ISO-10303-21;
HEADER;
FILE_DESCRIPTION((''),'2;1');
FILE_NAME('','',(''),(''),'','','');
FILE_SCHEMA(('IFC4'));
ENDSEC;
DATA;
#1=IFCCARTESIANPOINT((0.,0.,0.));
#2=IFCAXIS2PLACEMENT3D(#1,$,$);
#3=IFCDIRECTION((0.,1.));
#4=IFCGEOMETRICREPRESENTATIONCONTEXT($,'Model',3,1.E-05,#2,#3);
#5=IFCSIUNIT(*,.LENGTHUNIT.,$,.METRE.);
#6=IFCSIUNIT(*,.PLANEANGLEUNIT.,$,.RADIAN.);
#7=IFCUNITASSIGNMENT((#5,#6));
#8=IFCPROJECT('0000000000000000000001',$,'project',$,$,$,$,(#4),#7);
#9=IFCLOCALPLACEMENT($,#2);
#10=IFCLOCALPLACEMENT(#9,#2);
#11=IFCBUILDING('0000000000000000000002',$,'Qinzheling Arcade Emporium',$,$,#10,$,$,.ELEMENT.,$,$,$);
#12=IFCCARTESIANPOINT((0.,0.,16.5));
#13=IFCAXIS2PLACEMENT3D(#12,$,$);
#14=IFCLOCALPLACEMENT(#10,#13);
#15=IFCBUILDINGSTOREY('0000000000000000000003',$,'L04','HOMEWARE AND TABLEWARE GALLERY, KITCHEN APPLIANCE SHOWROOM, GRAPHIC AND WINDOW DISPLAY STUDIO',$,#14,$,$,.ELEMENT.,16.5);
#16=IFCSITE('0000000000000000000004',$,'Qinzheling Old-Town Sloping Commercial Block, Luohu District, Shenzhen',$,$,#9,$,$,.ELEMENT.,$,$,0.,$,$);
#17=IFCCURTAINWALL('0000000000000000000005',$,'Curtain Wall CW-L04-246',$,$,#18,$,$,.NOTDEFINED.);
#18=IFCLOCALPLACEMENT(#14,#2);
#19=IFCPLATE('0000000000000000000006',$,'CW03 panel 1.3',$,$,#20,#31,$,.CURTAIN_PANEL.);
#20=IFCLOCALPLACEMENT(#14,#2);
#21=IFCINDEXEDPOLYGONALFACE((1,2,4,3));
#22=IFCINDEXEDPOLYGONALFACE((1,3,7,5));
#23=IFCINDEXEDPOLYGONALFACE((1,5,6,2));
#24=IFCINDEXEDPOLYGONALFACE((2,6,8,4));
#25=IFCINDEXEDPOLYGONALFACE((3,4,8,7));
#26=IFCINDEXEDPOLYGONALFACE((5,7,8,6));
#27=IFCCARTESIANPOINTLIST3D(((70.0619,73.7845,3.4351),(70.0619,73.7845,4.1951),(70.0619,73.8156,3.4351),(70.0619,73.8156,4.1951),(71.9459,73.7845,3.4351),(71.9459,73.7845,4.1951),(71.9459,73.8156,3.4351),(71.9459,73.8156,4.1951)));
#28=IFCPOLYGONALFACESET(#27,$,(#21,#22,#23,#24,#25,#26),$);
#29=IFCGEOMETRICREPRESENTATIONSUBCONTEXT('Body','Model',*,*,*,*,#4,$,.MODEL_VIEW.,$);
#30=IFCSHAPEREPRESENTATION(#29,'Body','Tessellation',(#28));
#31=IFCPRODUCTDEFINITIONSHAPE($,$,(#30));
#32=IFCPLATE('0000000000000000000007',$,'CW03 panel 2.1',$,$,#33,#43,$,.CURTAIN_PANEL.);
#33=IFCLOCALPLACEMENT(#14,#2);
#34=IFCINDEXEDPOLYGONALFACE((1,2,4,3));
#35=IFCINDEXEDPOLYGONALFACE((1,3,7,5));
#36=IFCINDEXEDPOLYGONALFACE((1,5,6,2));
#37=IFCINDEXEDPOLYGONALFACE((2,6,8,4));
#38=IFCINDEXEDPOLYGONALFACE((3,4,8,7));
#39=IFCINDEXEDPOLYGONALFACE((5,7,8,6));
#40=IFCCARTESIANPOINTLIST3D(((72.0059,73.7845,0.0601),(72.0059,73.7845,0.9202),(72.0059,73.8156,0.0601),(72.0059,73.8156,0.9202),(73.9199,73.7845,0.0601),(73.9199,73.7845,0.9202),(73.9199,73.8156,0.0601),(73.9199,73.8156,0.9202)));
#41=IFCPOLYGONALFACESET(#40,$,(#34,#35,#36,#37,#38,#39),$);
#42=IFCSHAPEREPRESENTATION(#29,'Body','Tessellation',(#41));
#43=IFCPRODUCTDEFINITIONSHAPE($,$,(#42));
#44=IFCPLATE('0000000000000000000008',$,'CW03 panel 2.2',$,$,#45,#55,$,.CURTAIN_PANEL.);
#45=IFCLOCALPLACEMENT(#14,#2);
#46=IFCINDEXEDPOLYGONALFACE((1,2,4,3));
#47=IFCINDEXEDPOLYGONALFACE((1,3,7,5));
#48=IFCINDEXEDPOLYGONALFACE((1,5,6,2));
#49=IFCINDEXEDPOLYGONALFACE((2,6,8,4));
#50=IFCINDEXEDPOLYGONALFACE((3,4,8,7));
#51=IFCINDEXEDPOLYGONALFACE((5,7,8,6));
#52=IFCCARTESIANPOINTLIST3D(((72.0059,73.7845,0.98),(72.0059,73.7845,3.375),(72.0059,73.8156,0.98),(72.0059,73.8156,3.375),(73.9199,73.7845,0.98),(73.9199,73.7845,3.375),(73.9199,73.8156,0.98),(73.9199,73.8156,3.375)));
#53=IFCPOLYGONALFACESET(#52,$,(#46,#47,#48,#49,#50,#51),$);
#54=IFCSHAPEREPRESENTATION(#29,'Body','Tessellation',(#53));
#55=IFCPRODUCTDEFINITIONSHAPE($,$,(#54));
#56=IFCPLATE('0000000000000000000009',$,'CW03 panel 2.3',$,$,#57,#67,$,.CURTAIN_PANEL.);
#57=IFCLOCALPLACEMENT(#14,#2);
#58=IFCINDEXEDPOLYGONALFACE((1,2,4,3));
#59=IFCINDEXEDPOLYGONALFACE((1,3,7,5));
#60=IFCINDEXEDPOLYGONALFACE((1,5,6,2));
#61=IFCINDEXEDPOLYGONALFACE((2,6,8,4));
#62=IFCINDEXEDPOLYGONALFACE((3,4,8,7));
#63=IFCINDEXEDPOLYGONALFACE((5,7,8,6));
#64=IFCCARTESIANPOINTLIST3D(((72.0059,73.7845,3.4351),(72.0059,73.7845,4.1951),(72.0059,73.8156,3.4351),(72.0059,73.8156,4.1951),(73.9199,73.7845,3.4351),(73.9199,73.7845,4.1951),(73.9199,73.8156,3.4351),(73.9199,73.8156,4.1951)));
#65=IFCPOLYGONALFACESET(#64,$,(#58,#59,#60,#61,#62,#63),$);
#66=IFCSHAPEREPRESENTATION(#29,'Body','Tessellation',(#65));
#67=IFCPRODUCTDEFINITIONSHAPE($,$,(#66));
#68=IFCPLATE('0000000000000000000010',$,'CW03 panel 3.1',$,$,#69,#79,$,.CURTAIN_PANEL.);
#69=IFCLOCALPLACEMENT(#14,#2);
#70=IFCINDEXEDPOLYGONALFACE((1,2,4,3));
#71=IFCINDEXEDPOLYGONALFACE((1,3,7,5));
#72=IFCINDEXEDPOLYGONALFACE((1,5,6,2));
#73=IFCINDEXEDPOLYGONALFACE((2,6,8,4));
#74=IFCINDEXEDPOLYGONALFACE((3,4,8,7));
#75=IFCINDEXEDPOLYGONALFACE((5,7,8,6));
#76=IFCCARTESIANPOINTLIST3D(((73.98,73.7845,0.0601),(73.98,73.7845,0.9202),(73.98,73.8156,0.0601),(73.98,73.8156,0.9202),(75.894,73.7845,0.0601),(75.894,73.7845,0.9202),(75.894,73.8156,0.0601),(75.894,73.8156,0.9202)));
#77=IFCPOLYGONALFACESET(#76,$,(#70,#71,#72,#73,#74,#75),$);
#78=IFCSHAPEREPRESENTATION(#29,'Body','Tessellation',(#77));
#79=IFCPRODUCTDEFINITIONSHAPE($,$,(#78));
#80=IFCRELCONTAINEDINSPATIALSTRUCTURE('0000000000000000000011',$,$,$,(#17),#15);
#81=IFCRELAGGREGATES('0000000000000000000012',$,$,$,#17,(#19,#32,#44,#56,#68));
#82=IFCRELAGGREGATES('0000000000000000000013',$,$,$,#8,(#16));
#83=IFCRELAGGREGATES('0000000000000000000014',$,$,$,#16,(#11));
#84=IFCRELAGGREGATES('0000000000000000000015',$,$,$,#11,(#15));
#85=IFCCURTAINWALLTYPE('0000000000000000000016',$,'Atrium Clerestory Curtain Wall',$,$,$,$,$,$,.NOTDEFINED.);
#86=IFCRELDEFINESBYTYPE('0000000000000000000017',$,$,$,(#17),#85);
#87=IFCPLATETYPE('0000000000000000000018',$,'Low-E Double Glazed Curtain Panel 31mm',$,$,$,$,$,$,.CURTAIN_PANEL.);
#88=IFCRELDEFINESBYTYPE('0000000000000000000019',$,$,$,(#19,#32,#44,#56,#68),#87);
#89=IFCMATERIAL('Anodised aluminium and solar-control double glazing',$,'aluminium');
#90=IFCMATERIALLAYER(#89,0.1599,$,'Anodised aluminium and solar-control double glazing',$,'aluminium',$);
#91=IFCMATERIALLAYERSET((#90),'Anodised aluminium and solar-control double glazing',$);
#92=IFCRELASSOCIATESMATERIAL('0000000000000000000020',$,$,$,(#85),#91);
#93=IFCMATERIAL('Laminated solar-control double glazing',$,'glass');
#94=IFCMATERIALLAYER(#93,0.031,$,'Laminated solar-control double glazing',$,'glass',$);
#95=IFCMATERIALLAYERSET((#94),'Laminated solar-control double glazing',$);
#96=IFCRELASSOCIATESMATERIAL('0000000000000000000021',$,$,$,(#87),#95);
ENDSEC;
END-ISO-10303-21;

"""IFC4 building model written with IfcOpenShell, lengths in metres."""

from ifc_helpers import new_model, si_unit, direction, frame, origin, origin_2d, place, context, subcontext, project, spatial, rectangle, extrude, material, layer, layer_set, type_object, element, aggregate, save


model = new_model("IFC4")

# Units and contexts
model_context = context("Model", 3, precision=1e-05, world=origin(), true_north=direction((0.0, 1.0)))
body_context = subcontext(model_context, "Body", "Model", "MODEL_VIEW")
ifc_project = project(units=[si_unit("LENGTHUNIT", "METRE"), si_unit("PLANEANGLEUNIT", "RADIAN")], contexts=[model_context])

# Site, building, storey
site_placement = place(None, origin())
site = spatial("IfcSite", under=ifc_project, at=site_placement, Name="Qinzheling Old-Town Sloping Commercial Block, Luohu District, Shenzhen", CompositionType="ELEMENT", RefElevation=0.0)
building_placement = place(site_placement, origin())
building = spatial("IfcBuilding", under=site, at=building_placement, Name="Qinzheling Arcade Emporium", CompositionType="ELEMENT")
storey_placement = place(building_placement, frame((0.0, 0.0, 16.5)))
storey = spatial("IfcBuildingStorey", under=building, at=storey_placement, Name="L04", Description="HOMEWARE AND TABLEWARE GALLERY, KITCHEN APPLIANCE SHOWROOM, GRAPHIC AND WINDOW DISPLAY STUDIO", CompositionType="ELEMENT", Elevation=16.5)

# Curtain wall
ifc_material_1 = material(Name="Anodised aluminium and solar-control double glazing", Category="aluminium")
ifc_layer_1 = layer(ifc_material_1, 0.1599, Name="Anodised aluminium and solar-control double glazing", Category="aluminium")
ifc_layer_set_1 = layer_set([ifc_layer_1], Name="Anodised aluminium and solar-control double glazing")
curtain_wall_type = type_object("IfcCurtainWallType", Name="Atrium Clerestory Curtain Wall", PredefinedType="NOTDEFINED", material=ifc_layer_set_1)
curtain_wall_1_placement = place(storey_placement, origin())
curtain_wall_1 = element("IfcCurtainWall", 1, at=curtain_wall_1_placement, inside=storey, type_object=curtain_wall_type, Name="Curtain Wall CW-L04-246", PredefinedType="NOTDEFINED")

# Plates
ifc_material_2 = material(Name="Laminated solar-control double glazing", Category="glass")
ifc_layer_2 = layer(ifc_material_2, 0.031, Name="Laminated solar-control double glazing", Category="glass")
ifc_layer_set_2 = layer_set([ifc_layer_2], Name="Laminated solar-control double glazing")
plate_type_1 = type_object("IfcPlateType", Name="Low-E Double Glazed Curtain Panel 31mm", PredefinedType="CURTAIN_PANEL", material=ifc_layer_set_2)
plate_1_placement = place(storey_placement, frame((71.0039, 73.8, 3.4351), z_axis=(0.0, 0.0, 1.0), x_axis=(1.0, 0.0, 0.0)))
plate_1 = element("IfcPlate", 2, at=plate_1_placement, type_object=plate_type_1, Name="CW03 panel 1.3", PredefinedType="CURTAIN_PANEL", context=body_context, shape_type="SweptSolid", body=[
    extrude(rectangle(XDim=1.884, YDim=0.031, at=origin_2d()), origin(), (0.0, 0.0, 1.0), 0.76),
])
plate_2_placement = place(storey_placement, frame((72.9629, 73.8, 0.0601), z_axis=(0.0, 0.0, 1.0), x_axis=(1.0, 0.0, 0.0)))
plate_2 = element("IfcPlate", 3, at=plate_2_placement, type_object=plate_type_1, Name="CW03 panel 2.1", PredefinedType="CURTAIN_PANEL", context=body_context, shape_type="SweptSolid", body=[
    extrude(rectangle(XDim=1.9141, YDim=0.031, at=origin_2d()), origin(), (0.0, 0.0, 1.0), 0.8601),
])
plate_3_placement = place(storey_placement, frame((72.9629, 73.8, 0.98), z_axis=(0.0, 0.0, 1.0), x_axis=(1.0, 0.0, 0.0)))
plate_3 = element("IfcPlate", 4, at=plate_3_placement, type_object=plate_type_1, Name="CW03 panel 2.2", PredefinedType="CURTAIN_PANEL", context=body_context, shape_type="SweptSolid", body=[
    extrude(rectangle(XDim=1.9141, YDim=0.031, at=origin_2d()), origin(), (0.0, 0.0, 1.0), 2.395),
])
plate_4_placement = place(storey_placement, frame((72.9629, 73.8, 3.4351), z_axis=(0.0, 0.0, 1.0), x_axis=(1.0, 0.0, 0.0)))
plate_4 = element("IfcPlate", 5, at=plate_4_placement, type_object=plate_type_1, Name="CW03 panel 2.3", PredefinedType="CURTAIN_PANEL", context=body_context, shape_type="SweptSolid", body=[
    extrude(rectangle(XDim=1.9141, YDim=0.031, at=origin_2d()), origin(), (0.0, 0.0, 1.0), 0.76),
])
plate_5_placement = place(storey_placement, frame((74.937, 73.8, 0.0601), z_axis=(0.0, 0.0, 1.0), x_axis=(1.0, 0.0, 0.0)))
plate_5 = element("IfcPlate", 6, at=plate_5_placement, type_object=plate_type_1, Name="CW03 panel 3.1", PredefinedType="CURTAIN_PANEL", context=body_context, shape_type="SweptSolid", body=[
    extrude(rectangle(XDim=1.9141, YDim=0.031, at=origin_2d()), origin(), (0.0, 0.0, 1.0), 0.8601),
])
aggregate(curtain_wall_1, [plate_1, plate_2, plate_3, plate_4, plate_5])

save(model, "model.ifc")
